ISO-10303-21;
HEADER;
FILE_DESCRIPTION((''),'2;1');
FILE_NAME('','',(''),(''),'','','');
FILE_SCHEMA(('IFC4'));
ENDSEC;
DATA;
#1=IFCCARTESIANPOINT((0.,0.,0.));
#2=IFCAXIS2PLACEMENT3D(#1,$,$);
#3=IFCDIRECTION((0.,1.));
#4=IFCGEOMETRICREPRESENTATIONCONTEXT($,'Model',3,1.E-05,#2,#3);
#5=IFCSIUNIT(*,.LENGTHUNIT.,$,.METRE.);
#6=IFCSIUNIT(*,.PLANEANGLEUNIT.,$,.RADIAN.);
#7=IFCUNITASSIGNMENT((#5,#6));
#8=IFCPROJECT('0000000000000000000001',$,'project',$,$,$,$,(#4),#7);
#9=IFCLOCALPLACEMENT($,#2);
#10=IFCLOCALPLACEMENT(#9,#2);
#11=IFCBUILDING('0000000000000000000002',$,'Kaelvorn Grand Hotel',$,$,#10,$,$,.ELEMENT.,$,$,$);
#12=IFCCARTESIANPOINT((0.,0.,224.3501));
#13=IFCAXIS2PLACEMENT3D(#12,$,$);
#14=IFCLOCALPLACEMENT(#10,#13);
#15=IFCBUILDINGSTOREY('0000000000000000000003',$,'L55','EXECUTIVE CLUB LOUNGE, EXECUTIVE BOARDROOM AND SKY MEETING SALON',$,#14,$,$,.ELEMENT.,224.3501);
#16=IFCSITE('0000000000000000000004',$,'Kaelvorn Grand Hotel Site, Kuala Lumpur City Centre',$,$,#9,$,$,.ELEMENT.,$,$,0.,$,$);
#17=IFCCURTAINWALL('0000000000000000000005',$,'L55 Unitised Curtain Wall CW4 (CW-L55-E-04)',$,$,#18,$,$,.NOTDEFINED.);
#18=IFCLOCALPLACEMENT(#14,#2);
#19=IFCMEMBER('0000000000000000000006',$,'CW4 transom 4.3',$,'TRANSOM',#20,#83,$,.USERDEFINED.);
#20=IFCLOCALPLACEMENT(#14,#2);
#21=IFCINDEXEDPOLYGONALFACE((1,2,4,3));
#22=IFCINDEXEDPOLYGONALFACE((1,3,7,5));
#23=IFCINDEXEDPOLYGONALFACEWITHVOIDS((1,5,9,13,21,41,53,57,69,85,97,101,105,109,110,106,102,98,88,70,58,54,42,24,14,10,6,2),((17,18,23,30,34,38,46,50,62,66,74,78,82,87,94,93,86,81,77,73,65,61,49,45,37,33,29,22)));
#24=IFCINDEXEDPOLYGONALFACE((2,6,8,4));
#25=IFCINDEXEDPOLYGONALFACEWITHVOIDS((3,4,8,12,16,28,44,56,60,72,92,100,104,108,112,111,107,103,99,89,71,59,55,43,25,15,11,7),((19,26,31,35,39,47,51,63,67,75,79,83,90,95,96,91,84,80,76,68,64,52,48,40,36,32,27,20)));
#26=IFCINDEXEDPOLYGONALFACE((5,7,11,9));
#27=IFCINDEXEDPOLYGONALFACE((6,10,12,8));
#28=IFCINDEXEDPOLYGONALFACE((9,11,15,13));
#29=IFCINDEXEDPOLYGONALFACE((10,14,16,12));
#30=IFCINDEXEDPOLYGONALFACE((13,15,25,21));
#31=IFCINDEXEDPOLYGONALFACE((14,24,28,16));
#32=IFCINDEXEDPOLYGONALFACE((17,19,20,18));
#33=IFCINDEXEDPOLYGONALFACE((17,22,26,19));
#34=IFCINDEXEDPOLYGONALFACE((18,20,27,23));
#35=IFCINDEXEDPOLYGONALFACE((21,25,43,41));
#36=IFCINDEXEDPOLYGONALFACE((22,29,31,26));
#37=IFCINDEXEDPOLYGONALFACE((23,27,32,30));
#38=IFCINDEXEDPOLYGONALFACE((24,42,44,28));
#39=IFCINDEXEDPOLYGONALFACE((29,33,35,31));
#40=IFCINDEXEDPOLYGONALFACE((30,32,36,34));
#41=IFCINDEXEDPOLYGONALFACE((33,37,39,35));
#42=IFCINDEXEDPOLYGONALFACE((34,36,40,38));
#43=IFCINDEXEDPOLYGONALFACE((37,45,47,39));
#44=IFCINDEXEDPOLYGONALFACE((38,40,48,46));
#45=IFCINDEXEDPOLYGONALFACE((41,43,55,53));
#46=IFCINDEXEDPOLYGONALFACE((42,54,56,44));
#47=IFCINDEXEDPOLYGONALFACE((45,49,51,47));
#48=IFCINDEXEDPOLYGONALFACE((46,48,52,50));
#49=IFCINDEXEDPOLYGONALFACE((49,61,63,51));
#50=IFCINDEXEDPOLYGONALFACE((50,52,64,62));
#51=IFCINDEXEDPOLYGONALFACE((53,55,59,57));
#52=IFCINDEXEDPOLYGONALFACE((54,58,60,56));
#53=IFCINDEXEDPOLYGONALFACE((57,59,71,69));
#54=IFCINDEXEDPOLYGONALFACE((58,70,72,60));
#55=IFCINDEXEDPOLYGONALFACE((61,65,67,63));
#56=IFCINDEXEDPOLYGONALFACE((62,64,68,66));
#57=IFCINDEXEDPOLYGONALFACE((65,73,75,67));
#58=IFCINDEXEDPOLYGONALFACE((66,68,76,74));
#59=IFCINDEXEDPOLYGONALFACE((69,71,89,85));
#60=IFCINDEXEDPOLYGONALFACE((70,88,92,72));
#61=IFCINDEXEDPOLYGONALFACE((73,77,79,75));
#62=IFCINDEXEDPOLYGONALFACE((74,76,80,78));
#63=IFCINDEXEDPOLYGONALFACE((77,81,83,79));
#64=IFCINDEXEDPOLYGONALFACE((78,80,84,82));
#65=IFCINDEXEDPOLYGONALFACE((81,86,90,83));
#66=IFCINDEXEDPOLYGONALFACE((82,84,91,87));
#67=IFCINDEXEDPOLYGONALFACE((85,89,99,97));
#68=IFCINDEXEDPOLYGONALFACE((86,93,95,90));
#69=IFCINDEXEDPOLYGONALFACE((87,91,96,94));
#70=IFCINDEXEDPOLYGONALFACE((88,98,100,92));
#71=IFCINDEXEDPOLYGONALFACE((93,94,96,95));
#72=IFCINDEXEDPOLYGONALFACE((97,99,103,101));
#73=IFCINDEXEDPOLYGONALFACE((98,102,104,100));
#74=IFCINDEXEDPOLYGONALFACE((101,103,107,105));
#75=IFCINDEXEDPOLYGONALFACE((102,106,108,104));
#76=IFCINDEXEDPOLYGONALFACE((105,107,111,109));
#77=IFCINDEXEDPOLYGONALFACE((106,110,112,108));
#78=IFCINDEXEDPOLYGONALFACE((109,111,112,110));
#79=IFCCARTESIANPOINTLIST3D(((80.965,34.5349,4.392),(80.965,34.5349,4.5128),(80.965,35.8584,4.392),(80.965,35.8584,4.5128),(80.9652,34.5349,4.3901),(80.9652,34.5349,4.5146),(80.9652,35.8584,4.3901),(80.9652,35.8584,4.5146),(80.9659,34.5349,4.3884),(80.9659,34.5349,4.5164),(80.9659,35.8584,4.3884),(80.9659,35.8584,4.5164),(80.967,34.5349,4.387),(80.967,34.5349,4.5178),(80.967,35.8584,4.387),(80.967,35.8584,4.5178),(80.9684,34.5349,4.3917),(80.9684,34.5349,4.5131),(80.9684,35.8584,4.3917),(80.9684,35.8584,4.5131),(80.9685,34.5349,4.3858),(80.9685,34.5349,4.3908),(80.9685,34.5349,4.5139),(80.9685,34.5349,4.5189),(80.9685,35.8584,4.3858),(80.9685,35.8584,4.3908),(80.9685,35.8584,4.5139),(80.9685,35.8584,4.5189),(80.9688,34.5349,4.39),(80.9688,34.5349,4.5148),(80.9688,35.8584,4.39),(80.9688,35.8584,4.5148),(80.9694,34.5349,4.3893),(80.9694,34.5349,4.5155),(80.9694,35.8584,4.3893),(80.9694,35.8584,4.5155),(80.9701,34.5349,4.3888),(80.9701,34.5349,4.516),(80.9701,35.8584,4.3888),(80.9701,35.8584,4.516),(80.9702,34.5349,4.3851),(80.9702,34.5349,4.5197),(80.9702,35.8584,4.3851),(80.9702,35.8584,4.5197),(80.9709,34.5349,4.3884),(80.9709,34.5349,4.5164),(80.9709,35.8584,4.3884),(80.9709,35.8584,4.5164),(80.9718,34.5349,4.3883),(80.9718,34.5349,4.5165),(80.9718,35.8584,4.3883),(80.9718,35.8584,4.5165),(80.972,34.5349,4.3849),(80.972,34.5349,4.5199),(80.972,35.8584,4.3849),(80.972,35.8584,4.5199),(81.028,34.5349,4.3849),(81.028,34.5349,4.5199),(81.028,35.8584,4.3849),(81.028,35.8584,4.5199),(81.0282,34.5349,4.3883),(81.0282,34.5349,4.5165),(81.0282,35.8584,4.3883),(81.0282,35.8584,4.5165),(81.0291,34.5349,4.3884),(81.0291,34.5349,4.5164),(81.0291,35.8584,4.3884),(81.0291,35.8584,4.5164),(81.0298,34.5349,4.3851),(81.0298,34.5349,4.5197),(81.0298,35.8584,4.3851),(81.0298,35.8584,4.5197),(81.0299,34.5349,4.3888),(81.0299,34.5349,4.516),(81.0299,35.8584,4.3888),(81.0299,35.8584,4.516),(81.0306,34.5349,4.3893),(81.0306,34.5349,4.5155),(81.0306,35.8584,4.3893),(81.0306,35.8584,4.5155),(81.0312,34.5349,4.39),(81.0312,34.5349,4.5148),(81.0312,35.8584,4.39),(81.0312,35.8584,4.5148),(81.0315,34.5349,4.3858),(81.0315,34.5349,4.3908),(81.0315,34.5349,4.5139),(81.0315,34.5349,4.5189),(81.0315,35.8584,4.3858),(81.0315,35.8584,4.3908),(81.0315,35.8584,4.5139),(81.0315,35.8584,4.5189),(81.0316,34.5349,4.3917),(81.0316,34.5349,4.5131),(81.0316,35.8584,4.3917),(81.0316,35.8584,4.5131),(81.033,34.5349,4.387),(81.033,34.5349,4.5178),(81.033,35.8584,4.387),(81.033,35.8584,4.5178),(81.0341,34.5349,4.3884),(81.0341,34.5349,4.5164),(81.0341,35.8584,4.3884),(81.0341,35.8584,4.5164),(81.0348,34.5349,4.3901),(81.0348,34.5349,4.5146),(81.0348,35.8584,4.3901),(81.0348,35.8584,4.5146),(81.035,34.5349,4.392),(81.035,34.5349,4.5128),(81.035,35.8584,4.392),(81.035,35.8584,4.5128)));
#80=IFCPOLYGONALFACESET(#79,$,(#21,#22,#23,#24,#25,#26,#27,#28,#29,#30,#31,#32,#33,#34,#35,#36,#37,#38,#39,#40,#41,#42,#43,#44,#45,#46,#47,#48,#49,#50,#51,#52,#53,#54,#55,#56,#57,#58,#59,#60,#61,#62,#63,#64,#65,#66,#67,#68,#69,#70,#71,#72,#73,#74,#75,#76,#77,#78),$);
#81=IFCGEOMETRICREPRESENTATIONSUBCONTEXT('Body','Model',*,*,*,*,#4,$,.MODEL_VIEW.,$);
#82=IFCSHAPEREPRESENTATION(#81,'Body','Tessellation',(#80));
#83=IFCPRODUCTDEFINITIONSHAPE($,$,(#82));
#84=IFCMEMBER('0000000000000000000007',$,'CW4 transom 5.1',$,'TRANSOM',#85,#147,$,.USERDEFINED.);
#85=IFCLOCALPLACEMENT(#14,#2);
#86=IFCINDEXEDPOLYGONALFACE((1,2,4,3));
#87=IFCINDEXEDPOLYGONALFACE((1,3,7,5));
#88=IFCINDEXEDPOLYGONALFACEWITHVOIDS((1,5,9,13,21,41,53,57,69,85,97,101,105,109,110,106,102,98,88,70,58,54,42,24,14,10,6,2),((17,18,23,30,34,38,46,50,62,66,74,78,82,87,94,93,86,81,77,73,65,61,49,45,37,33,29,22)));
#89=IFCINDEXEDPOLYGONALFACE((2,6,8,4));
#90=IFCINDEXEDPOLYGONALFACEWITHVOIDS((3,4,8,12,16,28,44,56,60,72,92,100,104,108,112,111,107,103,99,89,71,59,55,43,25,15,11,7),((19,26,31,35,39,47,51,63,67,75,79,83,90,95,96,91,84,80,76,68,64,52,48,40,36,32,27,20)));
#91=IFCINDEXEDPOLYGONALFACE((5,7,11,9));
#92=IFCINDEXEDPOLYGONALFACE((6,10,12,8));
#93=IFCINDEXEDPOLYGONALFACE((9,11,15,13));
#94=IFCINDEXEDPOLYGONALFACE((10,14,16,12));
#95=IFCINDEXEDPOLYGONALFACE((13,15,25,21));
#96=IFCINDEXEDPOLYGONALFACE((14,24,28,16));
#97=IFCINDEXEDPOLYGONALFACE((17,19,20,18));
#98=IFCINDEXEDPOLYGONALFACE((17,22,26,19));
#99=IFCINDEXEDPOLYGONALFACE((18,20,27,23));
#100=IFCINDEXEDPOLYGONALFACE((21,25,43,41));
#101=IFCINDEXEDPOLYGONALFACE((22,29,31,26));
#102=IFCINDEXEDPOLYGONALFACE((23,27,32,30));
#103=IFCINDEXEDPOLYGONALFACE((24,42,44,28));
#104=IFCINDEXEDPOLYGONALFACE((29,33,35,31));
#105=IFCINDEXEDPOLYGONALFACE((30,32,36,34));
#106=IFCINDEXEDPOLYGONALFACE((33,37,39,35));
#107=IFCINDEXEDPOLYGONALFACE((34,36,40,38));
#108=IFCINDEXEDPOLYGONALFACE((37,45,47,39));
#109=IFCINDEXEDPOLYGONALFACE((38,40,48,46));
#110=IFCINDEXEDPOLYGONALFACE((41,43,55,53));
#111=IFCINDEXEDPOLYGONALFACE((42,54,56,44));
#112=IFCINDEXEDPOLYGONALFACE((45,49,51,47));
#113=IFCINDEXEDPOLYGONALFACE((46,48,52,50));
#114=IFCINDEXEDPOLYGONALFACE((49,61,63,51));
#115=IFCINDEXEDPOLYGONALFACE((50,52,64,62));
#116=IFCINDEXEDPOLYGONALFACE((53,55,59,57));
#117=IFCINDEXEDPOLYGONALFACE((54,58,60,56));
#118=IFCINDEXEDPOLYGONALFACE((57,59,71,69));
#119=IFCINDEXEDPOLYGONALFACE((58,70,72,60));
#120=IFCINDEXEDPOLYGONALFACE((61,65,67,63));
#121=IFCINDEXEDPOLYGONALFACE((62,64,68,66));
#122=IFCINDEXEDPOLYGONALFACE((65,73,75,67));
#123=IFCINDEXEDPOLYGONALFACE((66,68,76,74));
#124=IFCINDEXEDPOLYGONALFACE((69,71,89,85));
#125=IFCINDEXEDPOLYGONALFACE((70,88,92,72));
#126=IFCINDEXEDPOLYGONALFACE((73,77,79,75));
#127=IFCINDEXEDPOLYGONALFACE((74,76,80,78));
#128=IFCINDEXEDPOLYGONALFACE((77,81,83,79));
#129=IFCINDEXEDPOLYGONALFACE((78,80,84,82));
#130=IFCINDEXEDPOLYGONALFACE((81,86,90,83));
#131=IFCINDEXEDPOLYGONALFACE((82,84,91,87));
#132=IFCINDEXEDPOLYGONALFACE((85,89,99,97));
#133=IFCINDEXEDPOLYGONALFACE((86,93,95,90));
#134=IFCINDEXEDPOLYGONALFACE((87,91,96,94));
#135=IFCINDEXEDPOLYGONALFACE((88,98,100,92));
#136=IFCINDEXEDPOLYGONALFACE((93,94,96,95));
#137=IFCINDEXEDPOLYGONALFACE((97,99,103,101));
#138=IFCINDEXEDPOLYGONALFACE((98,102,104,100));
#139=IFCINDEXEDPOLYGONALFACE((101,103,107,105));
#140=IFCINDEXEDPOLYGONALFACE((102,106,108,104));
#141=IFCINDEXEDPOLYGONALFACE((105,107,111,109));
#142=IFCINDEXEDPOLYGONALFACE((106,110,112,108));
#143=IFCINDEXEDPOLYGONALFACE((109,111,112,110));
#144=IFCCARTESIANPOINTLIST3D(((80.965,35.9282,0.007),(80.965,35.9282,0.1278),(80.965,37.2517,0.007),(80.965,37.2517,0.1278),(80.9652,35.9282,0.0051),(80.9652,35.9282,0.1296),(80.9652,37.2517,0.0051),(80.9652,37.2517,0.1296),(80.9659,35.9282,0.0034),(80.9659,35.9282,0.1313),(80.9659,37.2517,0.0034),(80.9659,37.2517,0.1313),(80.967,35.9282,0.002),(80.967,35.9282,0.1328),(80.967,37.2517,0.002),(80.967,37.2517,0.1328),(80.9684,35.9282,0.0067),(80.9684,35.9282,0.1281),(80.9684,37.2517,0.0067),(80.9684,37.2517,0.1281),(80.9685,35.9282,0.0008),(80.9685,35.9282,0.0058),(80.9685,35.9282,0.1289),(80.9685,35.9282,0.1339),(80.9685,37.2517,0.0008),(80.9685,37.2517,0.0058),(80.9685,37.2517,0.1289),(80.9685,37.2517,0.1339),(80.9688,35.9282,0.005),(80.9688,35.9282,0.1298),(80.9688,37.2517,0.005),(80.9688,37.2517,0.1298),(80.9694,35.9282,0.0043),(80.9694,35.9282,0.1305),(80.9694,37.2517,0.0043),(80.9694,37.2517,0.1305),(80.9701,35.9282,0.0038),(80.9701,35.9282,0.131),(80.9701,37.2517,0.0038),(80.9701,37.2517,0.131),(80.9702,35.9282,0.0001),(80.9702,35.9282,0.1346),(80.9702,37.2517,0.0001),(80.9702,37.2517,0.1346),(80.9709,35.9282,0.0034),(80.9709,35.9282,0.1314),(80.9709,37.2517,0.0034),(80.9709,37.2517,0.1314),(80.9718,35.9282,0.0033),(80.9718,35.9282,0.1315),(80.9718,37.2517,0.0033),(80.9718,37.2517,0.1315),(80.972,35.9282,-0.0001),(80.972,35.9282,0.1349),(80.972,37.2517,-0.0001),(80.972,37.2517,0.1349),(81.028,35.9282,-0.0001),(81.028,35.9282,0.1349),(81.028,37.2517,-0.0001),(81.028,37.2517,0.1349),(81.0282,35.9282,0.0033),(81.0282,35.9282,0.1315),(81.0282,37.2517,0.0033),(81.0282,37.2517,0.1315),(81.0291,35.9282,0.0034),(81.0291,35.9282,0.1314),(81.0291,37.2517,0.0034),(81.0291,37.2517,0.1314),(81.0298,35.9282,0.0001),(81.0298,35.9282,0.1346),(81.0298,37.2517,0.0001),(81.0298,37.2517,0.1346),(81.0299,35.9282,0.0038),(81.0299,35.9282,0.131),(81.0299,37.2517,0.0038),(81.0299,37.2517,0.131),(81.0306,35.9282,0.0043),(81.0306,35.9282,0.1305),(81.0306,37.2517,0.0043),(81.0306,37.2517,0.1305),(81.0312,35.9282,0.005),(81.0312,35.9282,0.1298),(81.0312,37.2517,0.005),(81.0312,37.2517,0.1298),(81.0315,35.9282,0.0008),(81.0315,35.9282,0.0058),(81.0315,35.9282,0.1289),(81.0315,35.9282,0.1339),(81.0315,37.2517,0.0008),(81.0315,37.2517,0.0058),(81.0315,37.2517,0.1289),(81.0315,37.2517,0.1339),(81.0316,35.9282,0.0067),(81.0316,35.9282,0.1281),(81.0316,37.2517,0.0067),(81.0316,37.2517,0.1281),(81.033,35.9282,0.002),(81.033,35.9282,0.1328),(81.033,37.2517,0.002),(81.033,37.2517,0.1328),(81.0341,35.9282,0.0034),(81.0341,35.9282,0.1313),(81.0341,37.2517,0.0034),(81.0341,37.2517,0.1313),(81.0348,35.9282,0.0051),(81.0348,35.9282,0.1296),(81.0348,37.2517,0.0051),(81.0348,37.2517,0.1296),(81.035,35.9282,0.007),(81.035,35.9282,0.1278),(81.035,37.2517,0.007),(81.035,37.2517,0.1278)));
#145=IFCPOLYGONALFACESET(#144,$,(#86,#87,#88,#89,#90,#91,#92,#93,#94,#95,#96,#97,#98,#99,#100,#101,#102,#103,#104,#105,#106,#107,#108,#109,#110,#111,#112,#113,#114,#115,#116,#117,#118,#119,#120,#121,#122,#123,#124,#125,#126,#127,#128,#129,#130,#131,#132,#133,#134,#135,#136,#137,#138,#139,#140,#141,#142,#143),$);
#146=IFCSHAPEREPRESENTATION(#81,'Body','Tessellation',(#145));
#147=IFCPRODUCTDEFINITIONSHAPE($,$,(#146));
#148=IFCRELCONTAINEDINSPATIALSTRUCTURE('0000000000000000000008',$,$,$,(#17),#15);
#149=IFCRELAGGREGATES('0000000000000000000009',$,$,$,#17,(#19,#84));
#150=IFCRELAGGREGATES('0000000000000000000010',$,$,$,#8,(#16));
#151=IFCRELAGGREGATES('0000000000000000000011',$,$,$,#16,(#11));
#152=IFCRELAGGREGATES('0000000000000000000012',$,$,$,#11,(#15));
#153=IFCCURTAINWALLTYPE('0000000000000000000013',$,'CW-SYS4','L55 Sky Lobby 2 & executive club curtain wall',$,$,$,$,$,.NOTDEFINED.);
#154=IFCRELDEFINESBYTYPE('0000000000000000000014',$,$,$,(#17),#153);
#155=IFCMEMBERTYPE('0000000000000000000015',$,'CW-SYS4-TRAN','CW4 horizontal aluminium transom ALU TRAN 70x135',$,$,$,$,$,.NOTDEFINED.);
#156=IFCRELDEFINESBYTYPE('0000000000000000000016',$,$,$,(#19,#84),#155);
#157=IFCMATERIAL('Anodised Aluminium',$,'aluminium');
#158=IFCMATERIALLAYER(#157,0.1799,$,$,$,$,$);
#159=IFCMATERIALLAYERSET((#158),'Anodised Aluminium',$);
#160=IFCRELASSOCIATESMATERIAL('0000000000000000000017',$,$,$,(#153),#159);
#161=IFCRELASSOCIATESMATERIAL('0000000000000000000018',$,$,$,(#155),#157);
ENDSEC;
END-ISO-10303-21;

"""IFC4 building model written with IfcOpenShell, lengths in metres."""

from ifc_helpers import new_model, si_unit, direction, frame, origin, origin_2d, place, context, subcontext, project, spatial, hollow_rectangle, extrude, material, layer, layer_set, material_profile, profile_set, type_object, element, aggregate, save


model = new_model("IFC4")

# Units and contexts
model_context = context("Model", 3, precision=1e-05, world=origin(), true_north=direction((0.0, 1.0)))
body_context = subcontext(model_context, "Body", "Model", "MODEL_VIEW")
ifc_project = project(units=[si_unit("LENGTHUNIT", "METRE"), si_unit("PLANEANGLEUNIT", "RADIAN")], contexts=[model_context])

# Site, building, storey
site_placement = place(None, origin())
site = spatial("IfcSite", under=ifc_project, at=site_placement, Name="Kaelvorn Grand Hotel Site, Kuala Lumpur City Centre", CompositionType="ELEMENT", RefElevation=0.0)
building_placement = place(site_placement, origin())
building = spatial("IfcBuilding", under=site, at=building_placement, Name="Kaelvorn Grand Hotel", CompositionType="ELEMENT")
storey_placement = place(building_placement, frame((0.0, 0.0, 224.3501)))
storey = spatial("IfcBuildingStorey", under=building, at=storey_placement, Name="L55", Description="EXECUTIVE CLUB LOUNGE, EXECUTIVE BOARDROOM AND SKY MEETING SALON", CompositionType="ELEMENT", Elevation=224.3501)

# Curtain wall, members
ifc_material_1 = material(Name="Anodised Aluminium", Category="aluminium")
ifc_layer_1 = layer(ifc_material_1, 0.1799)
ifc_layer_set_1 = layer_set([ifc_layer_1], Name="Anodised Aluminium")
curtain_wall_type = type_object("IfcCurtainWallType", Name="CW-SYS4", Description="L55 Sky Lobby 2 & executive club curtain wall", PredefinedType="NOTDEFINED", material=ifc_layer_set_1)
curtain_wall_placement = place(storey_placement, origin())
curtain_wall = element("IfcCurtainWall", 1, at=curtain_wall_placement, inside=storey, type_object=curtain_wall_type, Name="L55 Unitised Curtain Wall CW4 (CW-L55-E-04)", PredefinedType="NOTDEFINED")
ifc_material_profile_1 = material_profile(ifc_material_1, hollow_rectangle(XDim=0.0701, YDim=0.135, WallThickness=0.0034, InnerFilletRadius=0.0034, OuterFilletRadius=0.0071, at=origin_2d()), Name="ALU TRAN 70x135")
ifc_profile_set_1 = profile_set([ifc_material_profile_1], Name="Anodised Aluminium")
member_type_1 = type_object("IfcMemberType", Name="CW-SYS4-TRAN", Description="CW4 horizontal aluminium transom ALU TRAN 70x135", PredefinedType="NOTDEFINED", material=ifc_profile_set_1)
member_1_placement = place(storey_placement, frame((81.0, 34.5349, 4.4524), z_axis=(0.0, 1.0, 0.0), x_axis=(-1.0, 0.0, 0.0)))
member_1 = element("IfcMember", 2, at=member_1_placement, type_object=member_type_1, Name="CW4 transom 4.3", ObjectType="TRANSOM", PredefinedType="USERDEFINED", context=body_context, shape_type="SweptSolid", body=[
    extrude(hollow_rectangle(XDim=0.0701, YDim=0.135, WallThickness=0.0034, InnerFilletRadius=0.0034, OuterFilletRadius=0.0071, at=origin_2d()), origin(), (0.0, 0.0, 1.0), 1.3235),
])
member_2_placement = place(storey_placement, frame((81.0, 35.9282, 0.0674), z_axis=(0.0, 1.0, 0.0), x_axis=(-1.0, 0.0, 0.0)))
member_2 = element("IfcMember", 3, at=member_2_placement, type_object=member_type_1, Name="CW4 transom 5.1", ObjectType="TRANSOM", PredefinedType="USERDEFINED", context=body_context, shape_type="SweptSolid", body=[
    extrude(hollow_rectangle(XDim=0.0701, YDim=0.135, WallThickness=0.0034, InnerFilletRadius=0.0034, OuterFilletRadius=0.0071, at=origin_2d()), origin(), (0.0, 0.0, 1.0), 1.3235),
])
aggregate(curtain_wall, [member_1, member_2])

save(model, "model.ifc")
